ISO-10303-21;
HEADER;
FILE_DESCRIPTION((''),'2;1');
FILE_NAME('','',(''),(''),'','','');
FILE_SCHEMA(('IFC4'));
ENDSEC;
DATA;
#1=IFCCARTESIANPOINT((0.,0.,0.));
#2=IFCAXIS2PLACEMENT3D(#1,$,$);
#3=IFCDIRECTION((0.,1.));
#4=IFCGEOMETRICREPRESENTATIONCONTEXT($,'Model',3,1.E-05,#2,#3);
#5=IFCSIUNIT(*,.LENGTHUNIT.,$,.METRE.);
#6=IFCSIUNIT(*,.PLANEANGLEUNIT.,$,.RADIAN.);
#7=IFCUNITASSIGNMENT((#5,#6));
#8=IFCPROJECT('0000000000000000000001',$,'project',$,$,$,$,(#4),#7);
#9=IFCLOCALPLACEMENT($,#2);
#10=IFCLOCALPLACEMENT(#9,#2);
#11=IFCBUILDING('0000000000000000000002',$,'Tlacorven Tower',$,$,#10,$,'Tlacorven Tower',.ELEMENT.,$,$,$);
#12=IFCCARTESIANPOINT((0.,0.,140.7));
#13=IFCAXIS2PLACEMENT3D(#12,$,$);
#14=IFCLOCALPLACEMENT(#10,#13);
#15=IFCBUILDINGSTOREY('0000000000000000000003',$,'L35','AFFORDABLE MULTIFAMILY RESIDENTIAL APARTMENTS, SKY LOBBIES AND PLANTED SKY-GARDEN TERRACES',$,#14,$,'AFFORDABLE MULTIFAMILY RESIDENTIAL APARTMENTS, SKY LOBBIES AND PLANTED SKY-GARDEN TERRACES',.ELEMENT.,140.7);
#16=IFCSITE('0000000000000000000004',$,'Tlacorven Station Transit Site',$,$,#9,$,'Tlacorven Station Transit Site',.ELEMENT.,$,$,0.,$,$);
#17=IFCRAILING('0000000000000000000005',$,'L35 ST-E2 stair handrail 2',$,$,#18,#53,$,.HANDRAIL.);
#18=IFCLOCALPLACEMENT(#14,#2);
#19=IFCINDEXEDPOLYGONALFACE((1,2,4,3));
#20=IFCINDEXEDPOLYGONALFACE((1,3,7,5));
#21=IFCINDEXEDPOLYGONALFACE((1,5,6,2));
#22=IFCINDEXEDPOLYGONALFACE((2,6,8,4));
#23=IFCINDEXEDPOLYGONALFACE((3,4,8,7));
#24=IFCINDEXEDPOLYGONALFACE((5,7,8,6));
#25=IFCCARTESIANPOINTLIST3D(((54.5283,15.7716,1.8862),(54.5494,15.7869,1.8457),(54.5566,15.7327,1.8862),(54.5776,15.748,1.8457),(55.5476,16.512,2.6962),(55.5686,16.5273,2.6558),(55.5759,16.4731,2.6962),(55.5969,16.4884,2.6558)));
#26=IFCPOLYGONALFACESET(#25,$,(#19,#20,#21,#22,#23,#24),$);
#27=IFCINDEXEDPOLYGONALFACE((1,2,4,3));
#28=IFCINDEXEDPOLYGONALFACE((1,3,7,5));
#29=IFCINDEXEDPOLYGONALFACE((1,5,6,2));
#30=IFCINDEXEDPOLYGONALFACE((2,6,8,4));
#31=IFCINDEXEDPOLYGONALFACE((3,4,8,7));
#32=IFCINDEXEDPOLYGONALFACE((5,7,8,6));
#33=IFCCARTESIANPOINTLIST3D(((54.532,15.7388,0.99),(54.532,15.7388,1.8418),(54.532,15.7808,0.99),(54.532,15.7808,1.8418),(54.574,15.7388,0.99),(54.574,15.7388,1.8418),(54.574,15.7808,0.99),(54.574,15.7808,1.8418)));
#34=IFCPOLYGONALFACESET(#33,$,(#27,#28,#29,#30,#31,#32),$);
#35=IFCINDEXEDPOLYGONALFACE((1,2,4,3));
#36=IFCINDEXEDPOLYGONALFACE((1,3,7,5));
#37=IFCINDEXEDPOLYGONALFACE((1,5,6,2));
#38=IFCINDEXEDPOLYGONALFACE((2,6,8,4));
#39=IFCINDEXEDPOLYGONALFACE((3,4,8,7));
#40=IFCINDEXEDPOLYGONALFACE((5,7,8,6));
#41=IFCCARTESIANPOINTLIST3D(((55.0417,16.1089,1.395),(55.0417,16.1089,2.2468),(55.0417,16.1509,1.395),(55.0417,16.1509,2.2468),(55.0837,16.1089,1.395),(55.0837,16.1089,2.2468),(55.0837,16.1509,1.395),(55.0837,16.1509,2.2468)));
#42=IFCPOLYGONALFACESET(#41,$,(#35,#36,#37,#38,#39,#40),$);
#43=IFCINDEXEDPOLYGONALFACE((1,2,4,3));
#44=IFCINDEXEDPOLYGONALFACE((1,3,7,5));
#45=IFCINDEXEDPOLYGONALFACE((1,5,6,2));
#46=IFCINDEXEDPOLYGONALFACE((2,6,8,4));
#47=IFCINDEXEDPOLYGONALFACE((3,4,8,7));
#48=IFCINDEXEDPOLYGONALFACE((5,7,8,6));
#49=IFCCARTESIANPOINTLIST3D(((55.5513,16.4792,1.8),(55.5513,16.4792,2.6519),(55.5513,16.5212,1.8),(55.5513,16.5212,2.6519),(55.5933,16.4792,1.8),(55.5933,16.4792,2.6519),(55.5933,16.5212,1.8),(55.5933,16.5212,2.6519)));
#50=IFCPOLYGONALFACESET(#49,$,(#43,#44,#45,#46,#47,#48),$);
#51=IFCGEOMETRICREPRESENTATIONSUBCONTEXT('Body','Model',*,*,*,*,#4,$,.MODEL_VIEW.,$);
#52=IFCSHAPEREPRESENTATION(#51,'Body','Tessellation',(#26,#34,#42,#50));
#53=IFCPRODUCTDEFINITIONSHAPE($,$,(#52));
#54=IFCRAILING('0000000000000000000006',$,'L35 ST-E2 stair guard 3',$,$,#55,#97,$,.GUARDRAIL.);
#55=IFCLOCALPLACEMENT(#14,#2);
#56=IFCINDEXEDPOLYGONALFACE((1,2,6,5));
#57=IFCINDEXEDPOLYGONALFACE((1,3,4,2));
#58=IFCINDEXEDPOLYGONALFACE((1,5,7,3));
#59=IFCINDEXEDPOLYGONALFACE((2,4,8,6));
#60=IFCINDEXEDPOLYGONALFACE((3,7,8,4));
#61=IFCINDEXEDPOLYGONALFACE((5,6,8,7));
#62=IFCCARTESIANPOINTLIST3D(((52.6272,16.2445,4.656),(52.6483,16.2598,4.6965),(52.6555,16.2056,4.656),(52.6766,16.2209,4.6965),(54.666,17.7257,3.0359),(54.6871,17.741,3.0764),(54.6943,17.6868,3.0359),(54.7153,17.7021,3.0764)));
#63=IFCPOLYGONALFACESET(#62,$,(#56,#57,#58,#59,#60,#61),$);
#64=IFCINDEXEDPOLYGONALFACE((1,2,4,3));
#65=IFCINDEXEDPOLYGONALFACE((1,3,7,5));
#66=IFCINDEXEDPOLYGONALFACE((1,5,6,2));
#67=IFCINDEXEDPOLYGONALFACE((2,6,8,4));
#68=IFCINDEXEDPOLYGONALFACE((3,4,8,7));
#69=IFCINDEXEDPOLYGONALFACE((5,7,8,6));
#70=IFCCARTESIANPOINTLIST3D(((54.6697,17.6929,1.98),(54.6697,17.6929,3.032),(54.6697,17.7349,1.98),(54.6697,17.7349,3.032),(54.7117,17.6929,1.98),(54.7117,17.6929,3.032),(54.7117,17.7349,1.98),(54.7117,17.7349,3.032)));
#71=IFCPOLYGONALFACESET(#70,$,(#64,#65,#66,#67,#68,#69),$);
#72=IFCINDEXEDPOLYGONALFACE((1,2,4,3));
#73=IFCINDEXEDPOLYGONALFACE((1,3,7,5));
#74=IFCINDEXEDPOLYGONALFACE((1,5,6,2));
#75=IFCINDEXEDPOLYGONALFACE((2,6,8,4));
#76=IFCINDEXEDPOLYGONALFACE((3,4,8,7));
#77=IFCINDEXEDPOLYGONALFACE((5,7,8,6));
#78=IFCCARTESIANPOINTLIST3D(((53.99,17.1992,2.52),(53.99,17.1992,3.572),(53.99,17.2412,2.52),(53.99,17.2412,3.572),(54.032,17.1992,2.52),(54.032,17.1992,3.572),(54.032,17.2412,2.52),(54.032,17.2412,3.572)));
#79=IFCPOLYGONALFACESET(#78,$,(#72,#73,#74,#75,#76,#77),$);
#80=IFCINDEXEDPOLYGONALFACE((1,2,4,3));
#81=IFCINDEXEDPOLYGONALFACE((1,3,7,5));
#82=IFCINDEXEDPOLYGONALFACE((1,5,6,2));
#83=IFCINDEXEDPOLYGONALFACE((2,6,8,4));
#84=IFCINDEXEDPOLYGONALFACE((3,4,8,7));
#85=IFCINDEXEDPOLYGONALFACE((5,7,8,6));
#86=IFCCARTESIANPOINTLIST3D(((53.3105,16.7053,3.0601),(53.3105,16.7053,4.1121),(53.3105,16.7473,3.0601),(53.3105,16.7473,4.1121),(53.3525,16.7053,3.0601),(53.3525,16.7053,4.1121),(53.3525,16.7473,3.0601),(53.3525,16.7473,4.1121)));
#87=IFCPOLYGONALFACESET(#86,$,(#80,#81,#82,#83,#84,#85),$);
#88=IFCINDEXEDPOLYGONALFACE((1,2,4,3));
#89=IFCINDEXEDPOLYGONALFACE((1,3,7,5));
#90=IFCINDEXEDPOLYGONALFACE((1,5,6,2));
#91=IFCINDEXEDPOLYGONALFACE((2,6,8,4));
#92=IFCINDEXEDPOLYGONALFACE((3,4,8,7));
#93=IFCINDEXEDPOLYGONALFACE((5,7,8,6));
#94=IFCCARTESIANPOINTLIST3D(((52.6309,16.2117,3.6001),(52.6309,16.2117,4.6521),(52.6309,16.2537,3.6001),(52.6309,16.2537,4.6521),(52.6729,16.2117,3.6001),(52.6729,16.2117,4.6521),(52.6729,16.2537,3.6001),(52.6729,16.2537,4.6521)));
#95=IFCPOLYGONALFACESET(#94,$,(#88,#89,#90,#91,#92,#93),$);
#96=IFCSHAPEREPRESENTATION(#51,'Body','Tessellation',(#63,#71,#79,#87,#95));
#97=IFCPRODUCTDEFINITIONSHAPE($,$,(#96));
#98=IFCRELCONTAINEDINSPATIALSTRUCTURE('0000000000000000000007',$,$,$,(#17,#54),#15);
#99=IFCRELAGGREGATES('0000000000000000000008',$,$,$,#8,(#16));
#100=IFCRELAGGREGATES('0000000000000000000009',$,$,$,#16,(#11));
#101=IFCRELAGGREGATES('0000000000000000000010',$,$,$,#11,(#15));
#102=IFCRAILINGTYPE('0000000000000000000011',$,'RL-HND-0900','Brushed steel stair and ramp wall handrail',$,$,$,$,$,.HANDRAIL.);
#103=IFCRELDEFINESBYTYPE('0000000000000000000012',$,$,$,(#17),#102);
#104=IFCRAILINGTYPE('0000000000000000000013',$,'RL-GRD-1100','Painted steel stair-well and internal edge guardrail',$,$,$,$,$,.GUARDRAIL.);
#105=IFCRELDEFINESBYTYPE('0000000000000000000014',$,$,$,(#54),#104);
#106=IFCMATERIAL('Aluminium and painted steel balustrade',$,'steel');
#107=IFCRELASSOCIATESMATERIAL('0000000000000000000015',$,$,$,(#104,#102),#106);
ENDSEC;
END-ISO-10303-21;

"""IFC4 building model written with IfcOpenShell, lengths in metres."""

from ifc_helpers import new_model, si_unit, direction, frame, origin, origin_2d, place, context, subcontext, project, spatial, rectangle, extrude, source, transform, mapped, material, type_object, element, save


model = new_model("IFC4")

# Units and contexts
model_context = context("Model", 3, precision=1e-05, world=origin(), true_north=direction((0.0, 1.0)))
body_context = subcontext(model_context, "Body", "Model", "MODEL_VIEW")
ifc_project = project(units=[si_unit("LENGTHUNIT", "METRE"), si_unit("PLANEANGLEUNIT", "RADIAN")], contexts=[model_context])

# Site, building, storey
site_placement = place(None, origin())
site = spatial("IfcSite", under=ifc_project, at=site_placement, Name="Tlacorven Station Transit Site", LongName="Tlacorven Station Transit Site", CompositionType="ELEMENT", RefElevation=0.0)
building_placement = place(site_placement, origin())
building = spatial("IfcBuilding", under=site, at=building_placement, Name="Tlacorven Tower", LongName="Tlacorven Tower", CompositionType="ELEMENT")
storey_placement = place(building_placement, frame((0.0, 0.0, 140.7)))
storey = spatial("IfcBuildingStorey", under=building, at=storey_placement, Name="L35", Description="AFFORDABLE MULTIFAMILY RESIDENTIAL APARTMENTS, SKY LOBBIES AND PLANTED SKY-GARDEN TERRACES", LongName="AFFORDABLE MULTIFAMILY RESIDENTIAL APARTMENTS, SKY LOBBIES AND PLANTED SKY-GARDEN TERRACES", CompositionType="ELEMENT", Elevation=140.7)

# Railings
ifc_material_1 = material(Name="Aluminium and painted steel balustrade", Category="steel")
railing_type_1 = type_object("IfcRailingType", Name="RL-GRD-1100", Description="Painted steel stair-well and internal edge guardrail", PredefinedType="GUARDRAIL", material=ifc_material_1)
railing_type_2 = type_object("IfcRailingType", Name="RL-HND-0900", Description="Brushed steel stair and ramp wall handrail", PredefinedType="HANDRAIL", material=ifc_material_1)
shared_shape_1 = source(origin(), body_context, "Body", "SweptSolid", [
    extrude(rectangle(XDim=0.0481, YDim=0.0481, at=origin_2d()), frame((0.0, 0.0, 0.876), z_axis=(0.680516, 0.494373, 0.540827), x_axis=(-0.587745, 0.809046, 0.0)), (0.0, 0.0, 1.0), 1.4978),
    extrude(rectangle(XDim=0.042, YDim=0.042, at=origin_2d()), origin(), (0.0, 0.0, 1.0), 0.8518),
    extrude(rectangle(XDim=0.042, YDim=0.042, at=origin_2d()), frame((0.5098, 0.3701, 0.405)), (0.0, 0.0, 1.0), 0.8518),
    extrude(rectangle(XDim=0.042, YDim=0.042, at=origin_2d()), frame((1.0193, 0.7405, 0.8101)), (0.0, 0.0, 1.0), 0.8518),
])
railing_1_placement = place(storey_placement, frame((54.553, 15.7598, 0.99)))
element("IfcRailing", 1, at=railing_1_placement, inside=storey, type_object=railing_type_2, Name="L35 ST-E2 stair handrail 2", PredefinedType="HANDRAIL", context=body_context, shape_type="MappedRepresentation", body=[
    mapped(shared_shape_1, transform((0.0, 0.0, 0.0), scale=1.0)),
])
shared_shape_2 = source(origin(), body_context, "Body", "SweptSolid", [
    extrude(rectangle(XDim=0.0481, YDim=0.0481, at=origin_2d()), frame((0.0, 0.0, 1.0762), z_axis=(-0.680532, -0.494407, 0.540775), x_axis=(0.587763, -0.809033, 0.0)), (0.0, 0.0, 1.0), 2.9958),
    extrude(rectangle(XDim=0.042, YDim=0.042, at=origin_2d()), origin(), (0.0, 0.0, 1.0), 1.052),
    extrude(rectangle(XDim=0.042, YDim=0.042, at=origin_2d()), frame((-0.6797, -0.4937, 0.54)), (0.0, 0.0, 1.0), 1.052),
    extrude(rectangle(XDim=0.042, YDim=0.042, at=origin_2d()), frame((-1.3591, -0.9875, 1.0801)), (0.0, 0.0, 1.0), 1.052),
    extrude(rectangle(XDim=0.042, YDim=0.042, at=origin_2d()), frame((-2.0388, -1.4812, 1.6201)), (0.0, 0.0, 1.0), 1.052),
])
railing_2_placement = place(storey_placement, frame((54.6907, 17.7139, 1.98)))
element("IfcRailing", 2, at=railing_2_placement, inside=storey, type_object=railing_type_1, Name="L35 ST-E2 stair guard 3", PredefinedType="GUARDRAIL", context=body_context, shape_type="MappedRepresentation", body=[
    mapped(shared_shape_2, transform((0.0, 0.0, 0.0), scale=1.0)),
])

save(model, "model.ifc")
